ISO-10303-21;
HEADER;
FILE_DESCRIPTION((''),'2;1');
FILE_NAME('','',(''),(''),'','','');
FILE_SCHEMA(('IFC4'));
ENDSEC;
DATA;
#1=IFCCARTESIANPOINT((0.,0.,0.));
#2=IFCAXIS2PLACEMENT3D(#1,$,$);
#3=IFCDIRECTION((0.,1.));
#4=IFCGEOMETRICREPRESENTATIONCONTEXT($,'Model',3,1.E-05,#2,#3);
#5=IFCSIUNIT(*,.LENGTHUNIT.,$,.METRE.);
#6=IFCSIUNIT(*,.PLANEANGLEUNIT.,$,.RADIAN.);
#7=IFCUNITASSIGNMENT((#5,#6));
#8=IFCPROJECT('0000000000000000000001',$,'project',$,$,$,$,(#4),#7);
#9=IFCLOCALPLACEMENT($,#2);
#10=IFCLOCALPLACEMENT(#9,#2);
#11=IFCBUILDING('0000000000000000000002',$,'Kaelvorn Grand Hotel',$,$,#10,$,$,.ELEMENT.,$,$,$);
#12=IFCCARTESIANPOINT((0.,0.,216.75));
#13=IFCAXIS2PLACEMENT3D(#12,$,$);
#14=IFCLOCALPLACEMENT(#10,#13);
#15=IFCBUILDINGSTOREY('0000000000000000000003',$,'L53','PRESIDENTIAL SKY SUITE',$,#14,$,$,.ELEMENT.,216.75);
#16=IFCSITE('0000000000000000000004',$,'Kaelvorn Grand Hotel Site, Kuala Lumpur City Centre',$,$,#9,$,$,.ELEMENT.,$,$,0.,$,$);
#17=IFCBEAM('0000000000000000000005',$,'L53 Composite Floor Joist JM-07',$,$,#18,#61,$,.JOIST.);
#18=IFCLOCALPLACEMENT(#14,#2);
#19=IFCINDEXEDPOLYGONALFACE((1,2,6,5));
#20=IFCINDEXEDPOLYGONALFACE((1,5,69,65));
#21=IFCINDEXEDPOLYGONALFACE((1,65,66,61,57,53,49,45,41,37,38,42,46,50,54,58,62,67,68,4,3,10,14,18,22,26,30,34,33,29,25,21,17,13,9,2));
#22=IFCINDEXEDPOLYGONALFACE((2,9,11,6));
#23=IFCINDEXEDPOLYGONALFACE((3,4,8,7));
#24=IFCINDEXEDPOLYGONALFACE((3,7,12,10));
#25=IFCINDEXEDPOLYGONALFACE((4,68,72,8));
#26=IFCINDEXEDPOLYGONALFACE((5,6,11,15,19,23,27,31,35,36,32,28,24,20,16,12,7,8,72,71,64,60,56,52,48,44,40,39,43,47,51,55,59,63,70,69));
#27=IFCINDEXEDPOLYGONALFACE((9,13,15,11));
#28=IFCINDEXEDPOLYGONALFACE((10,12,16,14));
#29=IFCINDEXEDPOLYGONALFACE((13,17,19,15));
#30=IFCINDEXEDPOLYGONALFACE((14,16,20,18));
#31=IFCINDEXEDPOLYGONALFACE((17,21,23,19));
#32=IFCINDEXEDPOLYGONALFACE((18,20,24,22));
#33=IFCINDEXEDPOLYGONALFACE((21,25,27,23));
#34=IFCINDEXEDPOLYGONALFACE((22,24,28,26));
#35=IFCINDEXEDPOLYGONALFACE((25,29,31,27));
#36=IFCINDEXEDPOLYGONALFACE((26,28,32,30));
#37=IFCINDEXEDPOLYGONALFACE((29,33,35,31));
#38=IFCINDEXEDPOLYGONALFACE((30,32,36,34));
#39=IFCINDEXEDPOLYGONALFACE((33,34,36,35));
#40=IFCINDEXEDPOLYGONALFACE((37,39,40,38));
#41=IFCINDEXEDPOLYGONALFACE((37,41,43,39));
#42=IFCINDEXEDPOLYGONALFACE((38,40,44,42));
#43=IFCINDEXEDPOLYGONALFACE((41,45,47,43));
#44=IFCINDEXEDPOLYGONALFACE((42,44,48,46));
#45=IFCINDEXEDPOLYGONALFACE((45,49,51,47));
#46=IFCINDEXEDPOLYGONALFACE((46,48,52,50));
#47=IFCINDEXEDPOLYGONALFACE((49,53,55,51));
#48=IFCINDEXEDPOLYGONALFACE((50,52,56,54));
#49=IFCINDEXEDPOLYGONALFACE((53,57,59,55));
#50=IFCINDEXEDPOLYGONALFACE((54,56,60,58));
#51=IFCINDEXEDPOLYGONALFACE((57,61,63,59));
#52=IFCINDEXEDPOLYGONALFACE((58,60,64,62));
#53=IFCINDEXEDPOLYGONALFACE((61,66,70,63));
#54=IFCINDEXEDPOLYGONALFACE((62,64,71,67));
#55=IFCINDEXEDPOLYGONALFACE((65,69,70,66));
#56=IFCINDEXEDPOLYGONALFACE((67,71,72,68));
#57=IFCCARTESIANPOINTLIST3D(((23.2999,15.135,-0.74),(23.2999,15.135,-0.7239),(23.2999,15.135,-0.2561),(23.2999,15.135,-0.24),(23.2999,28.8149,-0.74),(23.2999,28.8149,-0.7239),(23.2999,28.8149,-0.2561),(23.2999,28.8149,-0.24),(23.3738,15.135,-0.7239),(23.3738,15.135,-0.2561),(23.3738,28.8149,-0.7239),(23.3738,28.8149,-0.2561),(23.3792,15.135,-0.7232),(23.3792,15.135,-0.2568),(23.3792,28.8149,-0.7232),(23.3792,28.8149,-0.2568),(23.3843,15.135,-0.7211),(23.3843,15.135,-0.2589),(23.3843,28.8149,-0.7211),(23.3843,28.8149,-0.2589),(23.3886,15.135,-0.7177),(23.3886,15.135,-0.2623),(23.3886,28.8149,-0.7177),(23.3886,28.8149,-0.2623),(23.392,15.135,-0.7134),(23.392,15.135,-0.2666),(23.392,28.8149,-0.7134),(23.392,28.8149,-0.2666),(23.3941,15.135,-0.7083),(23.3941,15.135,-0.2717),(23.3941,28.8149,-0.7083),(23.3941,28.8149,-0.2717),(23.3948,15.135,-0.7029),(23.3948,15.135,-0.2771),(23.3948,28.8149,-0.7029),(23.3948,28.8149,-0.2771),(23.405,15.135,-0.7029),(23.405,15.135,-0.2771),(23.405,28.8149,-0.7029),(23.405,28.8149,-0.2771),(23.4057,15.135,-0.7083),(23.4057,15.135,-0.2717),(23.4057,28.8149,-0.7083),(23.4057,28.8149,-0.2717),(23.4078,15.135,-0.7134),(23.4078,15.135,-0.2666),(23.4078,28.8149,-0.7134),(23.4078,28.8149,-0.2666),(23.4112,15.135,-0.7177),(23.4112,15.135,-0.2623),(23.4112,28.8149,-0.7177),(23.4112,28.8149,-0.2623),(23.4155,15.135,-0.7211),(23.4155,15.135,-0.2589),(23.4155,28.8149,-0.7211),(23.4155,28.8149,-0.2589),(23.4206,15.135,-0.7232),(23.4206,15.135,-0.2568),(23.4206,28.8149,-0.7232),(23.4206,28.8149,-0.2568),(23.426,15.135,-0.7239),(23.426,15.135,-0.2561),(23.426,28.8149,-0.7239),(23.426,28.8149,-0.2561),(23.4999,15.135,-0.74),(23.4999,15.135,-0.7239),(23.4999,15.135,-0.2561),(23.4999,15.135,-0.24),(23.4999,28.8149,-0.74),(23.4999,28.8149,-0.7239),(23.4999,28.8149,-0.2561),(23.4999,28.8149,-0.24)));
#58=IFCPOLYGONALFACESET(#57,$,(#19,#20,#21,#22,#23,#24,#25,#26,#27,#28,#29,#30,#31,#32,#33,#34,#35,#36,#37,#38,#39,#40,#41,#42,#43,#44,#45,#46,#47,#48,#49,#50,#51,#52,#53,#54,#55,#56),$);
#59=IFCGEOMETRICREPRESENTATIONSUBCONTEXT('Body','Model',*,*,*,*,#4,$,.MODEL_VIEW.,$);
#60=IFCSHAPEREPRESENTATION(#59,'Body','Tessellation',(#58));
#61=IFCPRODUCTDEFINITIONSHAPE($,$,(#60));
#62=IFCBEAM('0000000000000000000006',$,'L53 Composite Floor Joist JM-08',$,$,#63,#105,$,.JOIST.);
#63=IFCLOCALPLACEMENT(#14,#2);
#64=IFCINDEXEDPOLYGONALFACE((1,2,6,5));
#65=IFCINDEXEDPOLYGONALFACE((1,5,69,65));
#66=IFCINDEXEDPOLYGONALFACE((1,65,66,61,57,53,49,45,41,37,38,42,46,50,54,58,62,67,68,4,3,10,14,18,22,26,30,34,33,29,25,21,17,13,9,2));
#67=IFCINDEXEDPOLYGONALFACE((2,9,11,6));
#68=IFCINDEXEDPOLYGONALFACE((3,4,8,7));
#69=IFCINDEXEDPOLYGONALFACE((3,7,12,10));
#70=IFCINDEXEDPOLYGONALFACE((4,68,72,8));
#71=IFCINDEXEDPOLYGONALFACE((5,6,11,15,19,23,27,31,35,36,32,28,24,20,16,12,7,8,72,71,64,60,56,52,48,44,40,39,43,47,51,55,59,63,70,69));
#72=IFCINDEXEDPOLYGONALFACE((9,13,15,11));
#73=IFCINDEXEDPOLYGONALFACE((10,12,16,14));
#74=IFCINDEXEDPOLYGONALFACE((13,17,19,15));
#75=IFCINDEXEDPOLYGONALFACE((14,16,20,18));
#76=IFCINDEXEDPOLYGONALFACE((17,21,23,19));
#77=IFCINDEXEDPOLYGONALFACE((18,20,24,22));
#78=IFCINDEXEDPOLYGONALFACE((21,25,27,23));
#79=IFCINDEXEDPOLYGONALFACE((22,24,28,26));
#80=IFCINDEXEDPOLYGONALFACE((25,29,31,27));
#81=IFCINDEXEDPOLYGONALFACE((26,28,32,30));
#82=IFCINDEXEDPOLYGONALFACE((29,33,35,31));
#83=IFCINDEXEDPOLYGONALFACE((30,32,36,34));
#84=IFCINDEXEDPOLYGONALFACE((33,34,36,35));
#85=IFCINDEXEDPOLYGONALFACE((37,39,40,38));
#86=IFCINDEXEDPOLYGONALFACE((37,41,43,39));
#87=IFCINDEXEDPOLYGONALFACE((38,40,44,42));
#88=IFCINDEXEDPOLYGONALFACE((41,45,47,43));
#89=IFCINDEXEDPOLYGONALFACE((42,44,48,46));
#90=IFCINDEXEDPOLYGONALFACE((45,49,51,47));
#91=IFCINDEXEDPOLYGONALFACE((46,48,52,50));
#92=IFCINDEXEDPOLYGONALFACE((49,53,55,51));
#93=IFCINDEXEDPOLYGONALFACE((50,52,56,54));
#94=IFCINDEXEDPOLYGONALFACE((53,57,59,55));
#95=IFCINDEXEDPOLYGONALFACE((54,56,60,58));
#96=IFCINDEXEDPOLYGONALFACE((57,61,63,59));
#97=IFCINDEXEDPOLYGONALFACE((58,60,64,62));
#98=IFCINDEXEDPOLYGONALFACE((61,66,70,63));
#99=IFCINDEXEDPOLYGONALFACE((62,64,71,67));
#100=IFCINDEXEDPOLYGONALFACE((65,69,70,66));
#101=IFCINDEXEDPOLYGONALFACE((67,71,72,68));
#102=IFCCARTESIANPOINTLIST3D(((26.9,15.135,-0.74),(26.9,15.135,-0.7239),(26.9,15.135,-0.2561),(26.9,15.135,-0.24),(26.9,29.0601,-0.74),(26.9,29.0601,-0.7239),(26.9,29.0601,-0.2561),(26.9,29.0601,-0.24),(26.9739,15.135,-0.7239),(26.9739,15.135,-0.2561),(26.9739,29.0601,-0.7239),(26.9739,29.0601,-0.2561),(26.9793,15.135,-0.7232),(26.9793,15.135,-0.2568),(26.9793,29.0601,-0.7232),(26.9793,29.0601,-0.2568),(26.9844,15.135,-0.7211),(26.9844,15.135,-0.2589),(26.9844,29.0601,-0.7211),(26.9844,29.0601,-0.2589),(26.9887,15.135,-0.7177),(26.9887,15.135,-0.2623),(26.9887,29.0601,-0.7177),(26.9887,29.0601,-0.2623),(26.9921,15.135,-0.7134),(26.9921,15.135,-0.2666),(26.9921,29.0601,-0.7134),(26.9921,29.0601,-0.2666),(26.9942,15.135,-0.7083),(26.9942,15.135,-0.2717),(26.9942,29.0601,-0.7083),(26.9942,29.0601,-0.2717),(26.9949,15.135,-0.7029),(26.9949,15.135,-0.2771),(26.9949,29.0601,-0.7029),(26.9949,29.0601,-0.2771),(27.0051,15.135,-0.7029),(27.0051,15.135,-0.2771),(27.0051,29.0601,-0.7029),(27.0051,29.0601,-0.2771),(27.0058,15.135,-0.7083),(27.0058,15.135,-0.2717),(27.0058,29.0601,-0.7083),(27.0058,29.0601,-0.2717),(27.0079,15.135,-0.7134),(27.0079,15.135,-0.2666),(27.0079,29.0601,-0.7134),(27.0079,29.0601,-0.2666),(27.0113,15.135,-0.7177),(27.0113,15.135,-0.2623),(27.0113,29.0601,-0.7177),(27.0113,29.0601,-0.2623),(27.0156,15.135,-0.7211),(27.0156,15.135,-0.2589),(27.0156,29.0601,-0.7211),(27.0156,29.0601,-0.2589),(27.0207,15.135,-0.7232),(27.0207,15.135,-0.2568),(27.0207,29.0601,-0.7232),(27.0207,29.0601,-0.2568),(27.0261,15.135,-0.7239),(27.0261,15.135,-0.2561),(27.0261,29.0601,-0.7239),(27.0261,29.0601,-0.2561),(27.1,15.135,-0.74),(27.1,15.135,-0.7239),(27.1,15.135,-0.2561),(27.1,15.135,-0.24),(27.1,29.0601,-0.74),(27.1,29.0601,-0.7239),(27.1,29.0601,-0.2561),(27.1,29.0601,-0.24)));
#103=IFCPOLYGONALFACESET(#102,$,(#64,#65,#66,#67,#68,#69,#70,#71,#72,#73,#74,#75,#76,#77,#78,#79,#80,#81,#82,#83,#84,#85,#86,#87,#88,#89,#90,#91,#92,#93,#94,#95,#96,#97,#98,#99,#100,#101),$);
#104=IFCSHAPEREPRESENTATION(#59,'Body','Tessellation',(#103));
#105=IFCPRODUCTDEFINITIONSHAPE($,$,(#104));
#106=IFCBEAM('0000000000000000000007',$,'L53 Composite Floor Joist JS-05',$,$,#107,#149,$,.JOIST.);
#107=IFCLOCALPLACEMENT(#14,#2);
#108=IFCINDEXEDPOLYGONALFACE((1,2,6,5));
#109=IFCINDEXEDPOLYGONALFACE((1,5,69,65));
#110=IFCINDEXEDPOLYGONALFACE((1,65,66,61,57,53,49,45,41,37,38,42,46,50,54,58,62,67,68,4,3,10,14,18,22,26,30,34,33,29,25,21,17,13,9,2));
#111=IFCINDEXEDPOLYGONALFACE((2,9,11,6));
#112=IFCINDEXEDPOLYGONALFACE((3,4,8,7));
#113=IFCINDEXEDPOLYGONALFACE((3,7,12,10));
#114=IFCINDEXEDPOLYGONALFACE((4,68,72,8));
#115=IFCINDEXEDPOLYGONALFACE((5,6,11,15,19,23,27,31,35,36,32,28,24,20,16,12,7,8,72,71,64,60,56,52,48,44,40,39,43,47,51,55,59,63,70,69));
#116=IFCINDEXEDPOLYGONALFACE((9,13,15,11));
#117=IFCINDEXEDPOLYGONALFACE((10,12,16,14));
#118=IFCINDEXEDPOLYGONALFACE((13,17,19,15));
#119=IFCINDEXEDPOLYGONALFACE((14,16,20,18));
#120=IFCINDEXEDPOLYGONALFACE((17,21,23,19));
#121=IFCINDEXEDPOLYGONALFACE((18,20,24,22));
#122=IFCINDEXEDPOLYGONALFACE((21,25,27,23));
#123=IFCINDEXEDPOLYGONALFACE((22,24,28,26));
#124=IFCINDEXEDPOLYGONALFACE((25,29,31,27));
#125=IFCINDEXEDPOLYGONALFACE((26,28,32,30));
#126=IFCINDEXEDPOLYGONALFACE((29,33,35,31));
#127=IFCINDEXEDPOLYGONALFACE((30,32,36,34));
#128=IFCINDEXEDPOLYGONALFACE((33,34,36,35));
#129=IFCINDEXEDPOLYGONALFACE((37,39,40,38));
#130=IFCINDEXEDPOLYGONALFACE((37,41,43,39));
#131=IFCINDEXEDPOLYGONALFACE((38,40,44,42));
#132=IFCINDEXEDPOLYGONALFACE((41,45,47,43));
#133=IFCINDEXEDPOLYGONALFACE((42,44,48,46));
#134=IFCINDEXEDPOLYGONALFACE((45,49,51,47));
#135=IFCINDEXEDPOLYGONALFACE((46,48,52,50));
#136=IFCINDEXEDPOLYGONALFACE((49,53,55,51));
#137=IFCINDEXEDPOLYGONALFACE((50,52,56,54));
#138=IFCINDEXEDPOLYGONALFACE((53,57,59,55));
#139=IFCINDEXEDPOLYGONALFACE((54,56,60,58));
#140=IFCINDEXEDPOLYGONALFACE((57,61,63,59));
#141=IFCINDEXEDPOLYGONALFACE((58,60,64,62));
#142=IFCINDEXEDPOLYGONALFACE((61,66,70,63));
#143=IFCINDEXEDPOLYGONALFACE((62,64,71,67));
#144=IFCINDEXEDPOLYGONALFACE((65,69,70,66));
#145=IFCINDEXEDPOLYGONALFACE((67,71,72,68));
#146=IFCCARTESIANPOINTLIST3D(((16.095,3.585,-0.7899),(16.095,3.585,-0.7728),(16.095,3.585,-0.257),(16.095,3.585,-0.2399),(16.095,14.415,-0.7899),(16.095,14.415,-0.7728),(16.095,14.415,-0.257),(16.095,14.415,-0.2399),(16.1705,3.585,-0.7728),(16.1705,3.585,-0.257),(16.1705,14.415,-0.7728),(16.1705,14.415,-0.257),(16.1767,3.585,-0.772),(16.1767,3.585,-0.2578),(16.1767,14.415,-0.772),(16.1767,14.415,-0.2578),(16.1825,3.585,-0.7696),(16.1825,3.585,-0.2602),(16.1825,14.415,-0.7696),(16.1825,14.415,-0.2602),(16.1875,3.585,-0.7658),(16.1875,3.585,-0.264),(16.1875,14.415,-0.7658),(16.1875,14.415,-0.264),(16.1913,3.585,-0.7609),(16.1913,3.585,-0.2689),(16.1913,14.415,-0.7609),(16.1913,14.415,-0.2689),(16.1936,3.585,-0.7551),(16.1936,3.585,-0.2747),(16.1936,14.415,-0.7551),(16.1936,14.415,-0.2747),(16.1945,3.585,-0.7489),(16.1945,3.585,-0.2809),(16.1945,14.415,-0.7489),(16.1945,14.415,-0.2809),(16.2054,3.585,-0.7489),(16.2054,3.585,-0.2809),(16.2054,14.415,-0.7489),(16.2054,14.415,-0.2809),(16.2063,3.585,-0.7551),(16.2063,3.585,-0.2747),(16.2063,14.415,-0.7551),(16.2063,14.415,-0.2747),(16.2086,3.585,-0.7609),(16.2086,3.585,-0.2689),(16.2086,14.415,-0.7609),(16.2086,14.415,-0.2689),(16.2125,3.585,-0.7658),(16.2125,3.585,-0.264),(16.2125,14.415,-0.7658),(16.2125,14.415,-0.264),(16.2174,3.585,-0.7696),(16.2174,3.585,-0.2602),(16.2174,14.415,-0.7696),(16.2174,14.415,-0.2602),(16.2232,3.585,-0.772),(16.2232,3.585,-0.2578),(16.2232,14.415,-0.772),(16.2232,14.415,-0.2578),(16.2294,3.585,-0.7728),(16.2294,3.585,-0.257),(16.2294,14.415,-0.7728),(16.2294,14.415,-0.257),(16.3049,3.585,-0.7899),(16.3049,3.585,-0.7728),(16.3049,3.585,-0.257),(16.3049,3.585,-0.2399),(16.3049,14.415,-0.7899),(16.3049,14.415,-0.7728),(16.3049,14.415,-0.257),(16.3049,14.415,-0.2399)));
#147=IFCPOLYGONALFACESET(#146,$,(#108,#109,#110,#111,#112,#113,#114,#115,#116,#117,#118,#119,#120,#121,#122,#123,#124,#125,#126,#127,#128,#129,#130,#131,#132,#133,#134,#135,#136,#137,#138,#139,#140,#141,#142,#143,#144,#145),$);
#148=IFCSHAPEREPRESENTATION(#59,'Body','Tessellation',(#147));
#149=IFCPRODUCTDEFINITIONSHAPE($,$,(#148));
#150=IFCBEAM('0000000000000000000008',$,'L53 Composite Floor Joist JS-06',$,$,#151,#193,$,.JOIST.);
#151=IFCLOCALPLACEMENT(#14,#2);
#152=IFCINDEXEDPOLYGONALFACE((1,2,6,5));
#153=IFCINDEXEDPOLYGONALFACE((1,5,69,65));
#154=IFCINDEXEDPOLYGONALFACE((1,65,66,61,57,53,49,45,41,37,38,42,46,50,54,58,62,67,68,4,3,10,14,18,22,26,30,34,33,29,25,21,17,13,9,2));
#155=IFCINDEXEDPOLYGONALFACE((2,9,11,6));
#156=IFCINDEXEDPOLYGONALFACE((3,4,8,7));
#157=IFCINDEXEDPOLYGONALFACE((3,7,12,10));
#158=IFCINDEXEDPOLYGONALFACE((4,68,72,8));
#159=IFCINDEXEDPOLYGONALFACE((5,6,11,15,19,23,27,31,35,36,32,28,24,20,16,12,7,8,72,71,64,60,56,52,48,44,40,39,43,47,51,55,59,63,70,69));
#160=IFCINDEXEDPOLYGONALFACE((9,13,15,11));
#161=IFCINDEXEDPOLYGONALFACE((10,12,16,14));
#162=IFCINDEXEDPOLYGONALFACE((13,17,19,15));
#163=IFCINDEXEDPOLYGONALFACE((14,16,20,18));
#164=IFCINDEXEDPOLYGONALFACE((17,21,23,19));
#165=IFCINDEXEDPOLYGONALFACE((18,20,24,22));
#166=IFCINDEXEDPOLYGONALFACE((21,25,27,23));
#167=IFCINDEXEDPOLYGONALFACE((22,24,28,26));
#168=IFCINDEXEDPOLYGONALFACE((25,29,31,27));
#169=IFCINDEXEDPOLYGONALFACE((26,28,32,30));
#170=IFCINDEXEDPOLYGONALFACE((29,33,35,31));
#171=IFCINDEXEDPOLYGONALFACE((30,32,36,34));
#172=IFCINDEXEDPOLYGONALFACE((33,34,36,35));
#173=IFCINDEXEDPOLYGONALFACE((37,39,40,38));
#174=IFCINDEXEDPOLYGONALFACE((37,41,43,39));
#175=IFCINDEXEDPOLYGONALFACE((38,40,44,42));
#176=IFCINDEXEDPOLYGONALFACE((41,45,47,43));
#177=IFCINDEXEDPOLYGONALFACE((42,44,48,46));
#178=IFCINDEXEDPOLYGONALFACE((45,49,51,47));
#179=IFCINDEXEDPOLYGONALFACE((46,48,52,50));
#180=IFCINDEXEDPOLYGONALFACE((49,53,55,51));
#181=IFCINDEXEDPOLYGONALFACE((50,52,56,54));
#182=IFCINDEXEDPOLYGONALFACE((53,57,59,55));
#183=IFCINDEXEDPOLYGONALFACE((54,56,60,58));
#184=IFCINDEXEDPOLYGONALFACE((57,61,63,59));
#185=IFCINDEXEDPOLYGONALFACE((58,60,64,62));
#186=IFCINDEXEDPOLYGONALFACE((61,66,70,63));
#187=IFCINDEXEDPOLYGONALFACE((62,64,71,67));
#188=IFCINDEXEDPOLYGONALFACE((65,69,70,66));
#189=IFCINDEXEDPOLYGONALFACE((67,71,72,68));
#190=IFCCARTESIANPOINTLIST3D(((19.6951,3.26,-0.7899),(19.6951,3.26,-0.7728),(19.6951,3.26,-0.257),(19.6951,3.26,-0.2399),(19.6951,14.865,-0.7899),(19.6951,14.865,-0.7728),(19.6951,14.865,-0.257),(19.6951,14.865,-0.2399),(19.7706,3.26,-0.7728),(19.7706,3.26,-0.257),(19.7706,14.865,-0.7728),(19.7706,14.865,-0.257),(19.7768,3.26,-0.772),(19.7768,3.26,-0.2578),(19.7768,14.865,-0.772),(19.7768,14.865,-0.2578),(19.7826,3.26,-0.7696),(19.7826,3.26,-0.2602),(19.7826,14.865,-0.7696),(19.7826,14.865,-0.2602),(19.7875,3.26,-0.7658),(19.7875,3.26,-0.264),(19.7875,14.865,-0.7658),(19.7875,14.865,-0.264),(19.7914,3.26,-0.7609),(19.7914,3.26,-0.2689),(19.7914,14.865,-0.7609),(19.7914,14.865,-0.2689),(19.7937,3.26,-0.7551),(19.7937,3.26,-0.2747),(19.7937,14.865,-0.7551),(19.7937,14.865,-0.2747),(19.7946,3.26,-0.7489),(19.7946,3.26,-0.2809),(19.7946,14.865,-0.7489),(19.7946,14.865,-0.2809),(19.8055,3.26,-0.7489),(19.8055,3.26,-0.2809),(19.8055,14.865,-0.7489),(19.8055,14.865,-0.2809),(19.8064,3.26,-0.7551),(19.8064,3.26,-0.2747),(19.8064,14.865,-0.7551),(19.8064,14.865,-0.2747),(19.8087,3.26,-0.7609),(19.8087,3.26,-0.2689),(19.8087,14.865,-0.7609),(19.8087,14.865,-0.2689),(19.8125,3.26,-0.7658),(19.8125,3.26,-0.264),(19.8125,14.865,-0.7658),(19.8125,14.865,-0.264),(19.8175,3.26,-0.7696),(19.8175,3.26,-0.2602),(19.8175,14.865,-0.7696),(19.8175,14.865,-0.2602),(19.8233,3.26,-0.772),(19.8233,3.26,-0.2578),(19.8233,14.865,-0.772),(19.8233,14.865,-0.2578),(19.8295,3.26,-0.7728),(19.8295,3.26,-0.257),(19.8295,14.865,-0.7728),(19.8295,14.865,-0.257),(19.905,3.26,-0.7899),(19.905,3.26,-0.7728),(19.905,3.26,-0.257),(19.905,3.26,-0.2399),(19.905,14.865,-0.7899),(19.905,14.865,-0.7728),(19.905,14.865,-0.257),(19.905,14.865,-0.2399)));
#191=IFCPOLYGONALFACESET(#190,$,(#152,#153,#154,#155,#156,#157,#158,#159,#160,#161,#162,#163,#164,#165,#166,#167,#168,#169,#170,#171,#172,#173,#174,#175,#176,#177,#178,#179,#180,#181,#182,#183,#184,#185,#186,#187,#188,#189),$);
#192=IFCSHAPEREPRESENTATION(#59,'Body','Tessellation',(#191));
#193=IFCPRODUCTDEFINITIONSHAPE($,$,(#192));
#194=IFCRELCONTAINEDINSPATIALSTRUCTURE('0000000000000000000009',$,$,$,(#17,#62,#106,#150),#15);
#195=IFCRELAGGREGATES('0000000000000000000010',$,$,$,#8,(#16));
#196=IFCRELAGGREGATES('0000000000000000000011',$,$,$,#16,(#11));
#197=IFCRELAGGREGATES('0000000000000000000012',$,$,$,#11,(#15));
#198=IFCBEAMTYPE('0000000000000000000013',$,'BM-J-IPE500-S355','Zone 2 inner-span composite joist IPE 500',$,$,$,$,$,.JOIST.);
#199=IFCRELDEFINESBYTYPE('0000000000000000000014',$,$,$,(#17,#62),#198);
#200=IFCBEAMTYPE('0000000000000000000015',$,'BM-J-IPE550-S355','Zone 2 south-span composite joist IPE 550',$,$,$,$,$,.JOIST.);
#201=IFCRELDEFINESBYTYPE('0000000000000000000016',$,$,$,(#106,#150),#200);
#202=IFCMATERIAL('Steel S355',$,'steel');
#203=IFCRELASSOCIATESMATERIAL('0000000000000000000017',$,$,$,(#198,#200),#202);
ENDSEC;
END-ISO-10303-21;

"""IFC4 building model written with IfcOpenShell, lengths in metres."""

from ifc_helpers import new_model, si_unit, direction, frame, origin, origin_2d, place, context, subcontext, project, spatial, i_section, extrude, material, material_profile, profile_set, type_object, element, save


model = new_model("IFC4")

# Units and contexts
model_context = context("Model", 3, precision=1e-05, world=origin(), true_north=direction((0.0, 1.0)))
body_context = subcontext(model_context, "Body", "Model", "MODEL_VIEW")
ifc_project = project(units=[si_unit("LENGTHUNIT", "METRE"), si_unit("PLANEANGLEUNIT", "RADIAN")], contexts=[model_context])

# Site, building, storey
site_placement = place(None, origin())
site = spatial("IfcSite", under=ifc_project, at=site_placement, Name="Kaelvorn Grand Hotel Site, Kuala Lumpur City Centre", CompositionType="ELEMENT", RefElevation=0.0)
building_placement = place(site_placement, origin())
building = spatial("IfcBuilding", under=site, at=building_placement, Name="Kaelvorn Grand Hotel", CompositionType="ELEMENT")
storey_placement = place(building_placement, frame((0.0, 0.0, 216.75)))
storey = spatial("IfcBuildingStorey", under=building, at=storey_placement, Name="L53", Description="PRESIDENTIAL SKY SUITE", CompositionType="ELEMENT", Elevation=216.75)

# Beams
ifc_material_1 = material(Name="Steel S355", Category="steel")
ifc_material_profile_1 = material_profile(ifc_material_1, i_section(OverallWidth=0.2, OverallDepth=0.5, WebThickness=0.0103, FlangeThickness=0.0161, FilletRadius=0.021, at=origin_2d()), Name="IPE 500")
ifc_profile_set_1 = profile_set([ifc_material_profile_1], Name="Steel S355")
beam_type_1 = type_object("IfcBeamType", Name="BM-J-IPE500-S355", Description="Zone 2 inner-span composite joist IPE 500", PredefinedType="JOIST", material=ifc_profile_set_1)
beam_1_placement = place(storey_placement, frame((23.3999, 15.135, -0.49), z_axis=(0.0, 1.0, 0.0), x_axis=(-1.0, 0.0, 0.0)))
element("IfcBeam", 1, at=beam_1_placement, inside=storey, type_object=beam_type_1, Name="L53 Composite Floor Joist JM-07", PredefinedType="JOIST", context=body_context, shape_type="SweptSolid", body=[
    extrude(i_section(OverallWidth=0.2, OverallDepth=0.5, WebThickness=0.0103, FlangeThickness=0.0161, FilletRadius=0.021, at=origin_2d()), origin(), (0.0, 0.0, 1.0), 13.6799),
])
beam_2_placement = place(storey_placement, frame((27.0, 15.135, -0.49), z_axis=(0.0, 1.0, 0.0), x_axis=(-1.0, 0.0, 0.0)))
element("IfcBeam", 2, at=beam_2_placement, inside=storey, type_object=beam_type_1, Name="L53 Composite Floor Joist JM-08", PredefinedType="JOIST", context=body_context, shape_type="SweptSolid", body=[
    extrude(i_section(OverallWidth=0.2, OverallDepth=0.5, WebThickness=0.0103, FlangeThickness=0.0161, FilletRadius=0.021, at=origin_2d()), origin(), (0.0, 0.0, 1.0), 13.925),
])
ifc_material_profile_2 = material_profile(ifc_material_1, i_section(OverallWidth=0.21, OverallDepth=0.55, WebThickness=0.011, FlangeThickness=0.0171, FilletRadius=0.0239, at=origin_2d()), Name="IPE 550")
ifc_profile_set_2 = profile_set([ifc_material_profile_2], Name="Steel S355")
beam_type_2 = type_object("IfcBeamType", Name="BM-J-IPE550-S355", Description="Zone 2 south-span composite joist IPE 550", PredefinedType="JOIST", material=ifc_profile_set_2)
beam_3_placement = place(storey_placement, frame((16.2, 3.585, -0.5149), z_axis=(0.0, 1.0, 0.0), x_axis=(-1.0, 0.0, 0.0)))
element("IfcBeam", 3, at=beam_3_placement, inside=storey, type_object=beam_type_2, Name="L53 Composite Floor Joist JS-05", PredefinedType="JOIST", context=body_context, shape_type="SweptSolid", body=[
    extrude(i_section(OverallWidth=0.21, OverallDepth=0.55, WebThickness=0.011, FlangeThickness=0.0171, FilletRadius=0.0239, at=origin_2d()), origin(), (0.0, 0.0, 1.0), 10.8301),
])
beam_4_placement = place(storey_placement, frame((19.8, 3.26, -0.5149), z_axis=(0.0, 1.0, 0.0), x_axis=(-1.0, 0.0, 0.0)))
element("IfcBeam", 4, at=beam_4_placement, inside=storey, type_object=beam_type_2, Name="L53 Composite Floor Joist JS-06", PredefinedType="JOIST", context=body_context, shape_type="SweptSolid", body=[
    extrude(i_section(OverallWidth=0.21, OverallDepth=0.55, WebThickness=0.011, FlangeThickness=0.0171, FilletRadius=0.0239, at=origin_2d()), origin(), (0.0, 0.0, 1.0), 11.605),
])

save(model, "model.ifc")
